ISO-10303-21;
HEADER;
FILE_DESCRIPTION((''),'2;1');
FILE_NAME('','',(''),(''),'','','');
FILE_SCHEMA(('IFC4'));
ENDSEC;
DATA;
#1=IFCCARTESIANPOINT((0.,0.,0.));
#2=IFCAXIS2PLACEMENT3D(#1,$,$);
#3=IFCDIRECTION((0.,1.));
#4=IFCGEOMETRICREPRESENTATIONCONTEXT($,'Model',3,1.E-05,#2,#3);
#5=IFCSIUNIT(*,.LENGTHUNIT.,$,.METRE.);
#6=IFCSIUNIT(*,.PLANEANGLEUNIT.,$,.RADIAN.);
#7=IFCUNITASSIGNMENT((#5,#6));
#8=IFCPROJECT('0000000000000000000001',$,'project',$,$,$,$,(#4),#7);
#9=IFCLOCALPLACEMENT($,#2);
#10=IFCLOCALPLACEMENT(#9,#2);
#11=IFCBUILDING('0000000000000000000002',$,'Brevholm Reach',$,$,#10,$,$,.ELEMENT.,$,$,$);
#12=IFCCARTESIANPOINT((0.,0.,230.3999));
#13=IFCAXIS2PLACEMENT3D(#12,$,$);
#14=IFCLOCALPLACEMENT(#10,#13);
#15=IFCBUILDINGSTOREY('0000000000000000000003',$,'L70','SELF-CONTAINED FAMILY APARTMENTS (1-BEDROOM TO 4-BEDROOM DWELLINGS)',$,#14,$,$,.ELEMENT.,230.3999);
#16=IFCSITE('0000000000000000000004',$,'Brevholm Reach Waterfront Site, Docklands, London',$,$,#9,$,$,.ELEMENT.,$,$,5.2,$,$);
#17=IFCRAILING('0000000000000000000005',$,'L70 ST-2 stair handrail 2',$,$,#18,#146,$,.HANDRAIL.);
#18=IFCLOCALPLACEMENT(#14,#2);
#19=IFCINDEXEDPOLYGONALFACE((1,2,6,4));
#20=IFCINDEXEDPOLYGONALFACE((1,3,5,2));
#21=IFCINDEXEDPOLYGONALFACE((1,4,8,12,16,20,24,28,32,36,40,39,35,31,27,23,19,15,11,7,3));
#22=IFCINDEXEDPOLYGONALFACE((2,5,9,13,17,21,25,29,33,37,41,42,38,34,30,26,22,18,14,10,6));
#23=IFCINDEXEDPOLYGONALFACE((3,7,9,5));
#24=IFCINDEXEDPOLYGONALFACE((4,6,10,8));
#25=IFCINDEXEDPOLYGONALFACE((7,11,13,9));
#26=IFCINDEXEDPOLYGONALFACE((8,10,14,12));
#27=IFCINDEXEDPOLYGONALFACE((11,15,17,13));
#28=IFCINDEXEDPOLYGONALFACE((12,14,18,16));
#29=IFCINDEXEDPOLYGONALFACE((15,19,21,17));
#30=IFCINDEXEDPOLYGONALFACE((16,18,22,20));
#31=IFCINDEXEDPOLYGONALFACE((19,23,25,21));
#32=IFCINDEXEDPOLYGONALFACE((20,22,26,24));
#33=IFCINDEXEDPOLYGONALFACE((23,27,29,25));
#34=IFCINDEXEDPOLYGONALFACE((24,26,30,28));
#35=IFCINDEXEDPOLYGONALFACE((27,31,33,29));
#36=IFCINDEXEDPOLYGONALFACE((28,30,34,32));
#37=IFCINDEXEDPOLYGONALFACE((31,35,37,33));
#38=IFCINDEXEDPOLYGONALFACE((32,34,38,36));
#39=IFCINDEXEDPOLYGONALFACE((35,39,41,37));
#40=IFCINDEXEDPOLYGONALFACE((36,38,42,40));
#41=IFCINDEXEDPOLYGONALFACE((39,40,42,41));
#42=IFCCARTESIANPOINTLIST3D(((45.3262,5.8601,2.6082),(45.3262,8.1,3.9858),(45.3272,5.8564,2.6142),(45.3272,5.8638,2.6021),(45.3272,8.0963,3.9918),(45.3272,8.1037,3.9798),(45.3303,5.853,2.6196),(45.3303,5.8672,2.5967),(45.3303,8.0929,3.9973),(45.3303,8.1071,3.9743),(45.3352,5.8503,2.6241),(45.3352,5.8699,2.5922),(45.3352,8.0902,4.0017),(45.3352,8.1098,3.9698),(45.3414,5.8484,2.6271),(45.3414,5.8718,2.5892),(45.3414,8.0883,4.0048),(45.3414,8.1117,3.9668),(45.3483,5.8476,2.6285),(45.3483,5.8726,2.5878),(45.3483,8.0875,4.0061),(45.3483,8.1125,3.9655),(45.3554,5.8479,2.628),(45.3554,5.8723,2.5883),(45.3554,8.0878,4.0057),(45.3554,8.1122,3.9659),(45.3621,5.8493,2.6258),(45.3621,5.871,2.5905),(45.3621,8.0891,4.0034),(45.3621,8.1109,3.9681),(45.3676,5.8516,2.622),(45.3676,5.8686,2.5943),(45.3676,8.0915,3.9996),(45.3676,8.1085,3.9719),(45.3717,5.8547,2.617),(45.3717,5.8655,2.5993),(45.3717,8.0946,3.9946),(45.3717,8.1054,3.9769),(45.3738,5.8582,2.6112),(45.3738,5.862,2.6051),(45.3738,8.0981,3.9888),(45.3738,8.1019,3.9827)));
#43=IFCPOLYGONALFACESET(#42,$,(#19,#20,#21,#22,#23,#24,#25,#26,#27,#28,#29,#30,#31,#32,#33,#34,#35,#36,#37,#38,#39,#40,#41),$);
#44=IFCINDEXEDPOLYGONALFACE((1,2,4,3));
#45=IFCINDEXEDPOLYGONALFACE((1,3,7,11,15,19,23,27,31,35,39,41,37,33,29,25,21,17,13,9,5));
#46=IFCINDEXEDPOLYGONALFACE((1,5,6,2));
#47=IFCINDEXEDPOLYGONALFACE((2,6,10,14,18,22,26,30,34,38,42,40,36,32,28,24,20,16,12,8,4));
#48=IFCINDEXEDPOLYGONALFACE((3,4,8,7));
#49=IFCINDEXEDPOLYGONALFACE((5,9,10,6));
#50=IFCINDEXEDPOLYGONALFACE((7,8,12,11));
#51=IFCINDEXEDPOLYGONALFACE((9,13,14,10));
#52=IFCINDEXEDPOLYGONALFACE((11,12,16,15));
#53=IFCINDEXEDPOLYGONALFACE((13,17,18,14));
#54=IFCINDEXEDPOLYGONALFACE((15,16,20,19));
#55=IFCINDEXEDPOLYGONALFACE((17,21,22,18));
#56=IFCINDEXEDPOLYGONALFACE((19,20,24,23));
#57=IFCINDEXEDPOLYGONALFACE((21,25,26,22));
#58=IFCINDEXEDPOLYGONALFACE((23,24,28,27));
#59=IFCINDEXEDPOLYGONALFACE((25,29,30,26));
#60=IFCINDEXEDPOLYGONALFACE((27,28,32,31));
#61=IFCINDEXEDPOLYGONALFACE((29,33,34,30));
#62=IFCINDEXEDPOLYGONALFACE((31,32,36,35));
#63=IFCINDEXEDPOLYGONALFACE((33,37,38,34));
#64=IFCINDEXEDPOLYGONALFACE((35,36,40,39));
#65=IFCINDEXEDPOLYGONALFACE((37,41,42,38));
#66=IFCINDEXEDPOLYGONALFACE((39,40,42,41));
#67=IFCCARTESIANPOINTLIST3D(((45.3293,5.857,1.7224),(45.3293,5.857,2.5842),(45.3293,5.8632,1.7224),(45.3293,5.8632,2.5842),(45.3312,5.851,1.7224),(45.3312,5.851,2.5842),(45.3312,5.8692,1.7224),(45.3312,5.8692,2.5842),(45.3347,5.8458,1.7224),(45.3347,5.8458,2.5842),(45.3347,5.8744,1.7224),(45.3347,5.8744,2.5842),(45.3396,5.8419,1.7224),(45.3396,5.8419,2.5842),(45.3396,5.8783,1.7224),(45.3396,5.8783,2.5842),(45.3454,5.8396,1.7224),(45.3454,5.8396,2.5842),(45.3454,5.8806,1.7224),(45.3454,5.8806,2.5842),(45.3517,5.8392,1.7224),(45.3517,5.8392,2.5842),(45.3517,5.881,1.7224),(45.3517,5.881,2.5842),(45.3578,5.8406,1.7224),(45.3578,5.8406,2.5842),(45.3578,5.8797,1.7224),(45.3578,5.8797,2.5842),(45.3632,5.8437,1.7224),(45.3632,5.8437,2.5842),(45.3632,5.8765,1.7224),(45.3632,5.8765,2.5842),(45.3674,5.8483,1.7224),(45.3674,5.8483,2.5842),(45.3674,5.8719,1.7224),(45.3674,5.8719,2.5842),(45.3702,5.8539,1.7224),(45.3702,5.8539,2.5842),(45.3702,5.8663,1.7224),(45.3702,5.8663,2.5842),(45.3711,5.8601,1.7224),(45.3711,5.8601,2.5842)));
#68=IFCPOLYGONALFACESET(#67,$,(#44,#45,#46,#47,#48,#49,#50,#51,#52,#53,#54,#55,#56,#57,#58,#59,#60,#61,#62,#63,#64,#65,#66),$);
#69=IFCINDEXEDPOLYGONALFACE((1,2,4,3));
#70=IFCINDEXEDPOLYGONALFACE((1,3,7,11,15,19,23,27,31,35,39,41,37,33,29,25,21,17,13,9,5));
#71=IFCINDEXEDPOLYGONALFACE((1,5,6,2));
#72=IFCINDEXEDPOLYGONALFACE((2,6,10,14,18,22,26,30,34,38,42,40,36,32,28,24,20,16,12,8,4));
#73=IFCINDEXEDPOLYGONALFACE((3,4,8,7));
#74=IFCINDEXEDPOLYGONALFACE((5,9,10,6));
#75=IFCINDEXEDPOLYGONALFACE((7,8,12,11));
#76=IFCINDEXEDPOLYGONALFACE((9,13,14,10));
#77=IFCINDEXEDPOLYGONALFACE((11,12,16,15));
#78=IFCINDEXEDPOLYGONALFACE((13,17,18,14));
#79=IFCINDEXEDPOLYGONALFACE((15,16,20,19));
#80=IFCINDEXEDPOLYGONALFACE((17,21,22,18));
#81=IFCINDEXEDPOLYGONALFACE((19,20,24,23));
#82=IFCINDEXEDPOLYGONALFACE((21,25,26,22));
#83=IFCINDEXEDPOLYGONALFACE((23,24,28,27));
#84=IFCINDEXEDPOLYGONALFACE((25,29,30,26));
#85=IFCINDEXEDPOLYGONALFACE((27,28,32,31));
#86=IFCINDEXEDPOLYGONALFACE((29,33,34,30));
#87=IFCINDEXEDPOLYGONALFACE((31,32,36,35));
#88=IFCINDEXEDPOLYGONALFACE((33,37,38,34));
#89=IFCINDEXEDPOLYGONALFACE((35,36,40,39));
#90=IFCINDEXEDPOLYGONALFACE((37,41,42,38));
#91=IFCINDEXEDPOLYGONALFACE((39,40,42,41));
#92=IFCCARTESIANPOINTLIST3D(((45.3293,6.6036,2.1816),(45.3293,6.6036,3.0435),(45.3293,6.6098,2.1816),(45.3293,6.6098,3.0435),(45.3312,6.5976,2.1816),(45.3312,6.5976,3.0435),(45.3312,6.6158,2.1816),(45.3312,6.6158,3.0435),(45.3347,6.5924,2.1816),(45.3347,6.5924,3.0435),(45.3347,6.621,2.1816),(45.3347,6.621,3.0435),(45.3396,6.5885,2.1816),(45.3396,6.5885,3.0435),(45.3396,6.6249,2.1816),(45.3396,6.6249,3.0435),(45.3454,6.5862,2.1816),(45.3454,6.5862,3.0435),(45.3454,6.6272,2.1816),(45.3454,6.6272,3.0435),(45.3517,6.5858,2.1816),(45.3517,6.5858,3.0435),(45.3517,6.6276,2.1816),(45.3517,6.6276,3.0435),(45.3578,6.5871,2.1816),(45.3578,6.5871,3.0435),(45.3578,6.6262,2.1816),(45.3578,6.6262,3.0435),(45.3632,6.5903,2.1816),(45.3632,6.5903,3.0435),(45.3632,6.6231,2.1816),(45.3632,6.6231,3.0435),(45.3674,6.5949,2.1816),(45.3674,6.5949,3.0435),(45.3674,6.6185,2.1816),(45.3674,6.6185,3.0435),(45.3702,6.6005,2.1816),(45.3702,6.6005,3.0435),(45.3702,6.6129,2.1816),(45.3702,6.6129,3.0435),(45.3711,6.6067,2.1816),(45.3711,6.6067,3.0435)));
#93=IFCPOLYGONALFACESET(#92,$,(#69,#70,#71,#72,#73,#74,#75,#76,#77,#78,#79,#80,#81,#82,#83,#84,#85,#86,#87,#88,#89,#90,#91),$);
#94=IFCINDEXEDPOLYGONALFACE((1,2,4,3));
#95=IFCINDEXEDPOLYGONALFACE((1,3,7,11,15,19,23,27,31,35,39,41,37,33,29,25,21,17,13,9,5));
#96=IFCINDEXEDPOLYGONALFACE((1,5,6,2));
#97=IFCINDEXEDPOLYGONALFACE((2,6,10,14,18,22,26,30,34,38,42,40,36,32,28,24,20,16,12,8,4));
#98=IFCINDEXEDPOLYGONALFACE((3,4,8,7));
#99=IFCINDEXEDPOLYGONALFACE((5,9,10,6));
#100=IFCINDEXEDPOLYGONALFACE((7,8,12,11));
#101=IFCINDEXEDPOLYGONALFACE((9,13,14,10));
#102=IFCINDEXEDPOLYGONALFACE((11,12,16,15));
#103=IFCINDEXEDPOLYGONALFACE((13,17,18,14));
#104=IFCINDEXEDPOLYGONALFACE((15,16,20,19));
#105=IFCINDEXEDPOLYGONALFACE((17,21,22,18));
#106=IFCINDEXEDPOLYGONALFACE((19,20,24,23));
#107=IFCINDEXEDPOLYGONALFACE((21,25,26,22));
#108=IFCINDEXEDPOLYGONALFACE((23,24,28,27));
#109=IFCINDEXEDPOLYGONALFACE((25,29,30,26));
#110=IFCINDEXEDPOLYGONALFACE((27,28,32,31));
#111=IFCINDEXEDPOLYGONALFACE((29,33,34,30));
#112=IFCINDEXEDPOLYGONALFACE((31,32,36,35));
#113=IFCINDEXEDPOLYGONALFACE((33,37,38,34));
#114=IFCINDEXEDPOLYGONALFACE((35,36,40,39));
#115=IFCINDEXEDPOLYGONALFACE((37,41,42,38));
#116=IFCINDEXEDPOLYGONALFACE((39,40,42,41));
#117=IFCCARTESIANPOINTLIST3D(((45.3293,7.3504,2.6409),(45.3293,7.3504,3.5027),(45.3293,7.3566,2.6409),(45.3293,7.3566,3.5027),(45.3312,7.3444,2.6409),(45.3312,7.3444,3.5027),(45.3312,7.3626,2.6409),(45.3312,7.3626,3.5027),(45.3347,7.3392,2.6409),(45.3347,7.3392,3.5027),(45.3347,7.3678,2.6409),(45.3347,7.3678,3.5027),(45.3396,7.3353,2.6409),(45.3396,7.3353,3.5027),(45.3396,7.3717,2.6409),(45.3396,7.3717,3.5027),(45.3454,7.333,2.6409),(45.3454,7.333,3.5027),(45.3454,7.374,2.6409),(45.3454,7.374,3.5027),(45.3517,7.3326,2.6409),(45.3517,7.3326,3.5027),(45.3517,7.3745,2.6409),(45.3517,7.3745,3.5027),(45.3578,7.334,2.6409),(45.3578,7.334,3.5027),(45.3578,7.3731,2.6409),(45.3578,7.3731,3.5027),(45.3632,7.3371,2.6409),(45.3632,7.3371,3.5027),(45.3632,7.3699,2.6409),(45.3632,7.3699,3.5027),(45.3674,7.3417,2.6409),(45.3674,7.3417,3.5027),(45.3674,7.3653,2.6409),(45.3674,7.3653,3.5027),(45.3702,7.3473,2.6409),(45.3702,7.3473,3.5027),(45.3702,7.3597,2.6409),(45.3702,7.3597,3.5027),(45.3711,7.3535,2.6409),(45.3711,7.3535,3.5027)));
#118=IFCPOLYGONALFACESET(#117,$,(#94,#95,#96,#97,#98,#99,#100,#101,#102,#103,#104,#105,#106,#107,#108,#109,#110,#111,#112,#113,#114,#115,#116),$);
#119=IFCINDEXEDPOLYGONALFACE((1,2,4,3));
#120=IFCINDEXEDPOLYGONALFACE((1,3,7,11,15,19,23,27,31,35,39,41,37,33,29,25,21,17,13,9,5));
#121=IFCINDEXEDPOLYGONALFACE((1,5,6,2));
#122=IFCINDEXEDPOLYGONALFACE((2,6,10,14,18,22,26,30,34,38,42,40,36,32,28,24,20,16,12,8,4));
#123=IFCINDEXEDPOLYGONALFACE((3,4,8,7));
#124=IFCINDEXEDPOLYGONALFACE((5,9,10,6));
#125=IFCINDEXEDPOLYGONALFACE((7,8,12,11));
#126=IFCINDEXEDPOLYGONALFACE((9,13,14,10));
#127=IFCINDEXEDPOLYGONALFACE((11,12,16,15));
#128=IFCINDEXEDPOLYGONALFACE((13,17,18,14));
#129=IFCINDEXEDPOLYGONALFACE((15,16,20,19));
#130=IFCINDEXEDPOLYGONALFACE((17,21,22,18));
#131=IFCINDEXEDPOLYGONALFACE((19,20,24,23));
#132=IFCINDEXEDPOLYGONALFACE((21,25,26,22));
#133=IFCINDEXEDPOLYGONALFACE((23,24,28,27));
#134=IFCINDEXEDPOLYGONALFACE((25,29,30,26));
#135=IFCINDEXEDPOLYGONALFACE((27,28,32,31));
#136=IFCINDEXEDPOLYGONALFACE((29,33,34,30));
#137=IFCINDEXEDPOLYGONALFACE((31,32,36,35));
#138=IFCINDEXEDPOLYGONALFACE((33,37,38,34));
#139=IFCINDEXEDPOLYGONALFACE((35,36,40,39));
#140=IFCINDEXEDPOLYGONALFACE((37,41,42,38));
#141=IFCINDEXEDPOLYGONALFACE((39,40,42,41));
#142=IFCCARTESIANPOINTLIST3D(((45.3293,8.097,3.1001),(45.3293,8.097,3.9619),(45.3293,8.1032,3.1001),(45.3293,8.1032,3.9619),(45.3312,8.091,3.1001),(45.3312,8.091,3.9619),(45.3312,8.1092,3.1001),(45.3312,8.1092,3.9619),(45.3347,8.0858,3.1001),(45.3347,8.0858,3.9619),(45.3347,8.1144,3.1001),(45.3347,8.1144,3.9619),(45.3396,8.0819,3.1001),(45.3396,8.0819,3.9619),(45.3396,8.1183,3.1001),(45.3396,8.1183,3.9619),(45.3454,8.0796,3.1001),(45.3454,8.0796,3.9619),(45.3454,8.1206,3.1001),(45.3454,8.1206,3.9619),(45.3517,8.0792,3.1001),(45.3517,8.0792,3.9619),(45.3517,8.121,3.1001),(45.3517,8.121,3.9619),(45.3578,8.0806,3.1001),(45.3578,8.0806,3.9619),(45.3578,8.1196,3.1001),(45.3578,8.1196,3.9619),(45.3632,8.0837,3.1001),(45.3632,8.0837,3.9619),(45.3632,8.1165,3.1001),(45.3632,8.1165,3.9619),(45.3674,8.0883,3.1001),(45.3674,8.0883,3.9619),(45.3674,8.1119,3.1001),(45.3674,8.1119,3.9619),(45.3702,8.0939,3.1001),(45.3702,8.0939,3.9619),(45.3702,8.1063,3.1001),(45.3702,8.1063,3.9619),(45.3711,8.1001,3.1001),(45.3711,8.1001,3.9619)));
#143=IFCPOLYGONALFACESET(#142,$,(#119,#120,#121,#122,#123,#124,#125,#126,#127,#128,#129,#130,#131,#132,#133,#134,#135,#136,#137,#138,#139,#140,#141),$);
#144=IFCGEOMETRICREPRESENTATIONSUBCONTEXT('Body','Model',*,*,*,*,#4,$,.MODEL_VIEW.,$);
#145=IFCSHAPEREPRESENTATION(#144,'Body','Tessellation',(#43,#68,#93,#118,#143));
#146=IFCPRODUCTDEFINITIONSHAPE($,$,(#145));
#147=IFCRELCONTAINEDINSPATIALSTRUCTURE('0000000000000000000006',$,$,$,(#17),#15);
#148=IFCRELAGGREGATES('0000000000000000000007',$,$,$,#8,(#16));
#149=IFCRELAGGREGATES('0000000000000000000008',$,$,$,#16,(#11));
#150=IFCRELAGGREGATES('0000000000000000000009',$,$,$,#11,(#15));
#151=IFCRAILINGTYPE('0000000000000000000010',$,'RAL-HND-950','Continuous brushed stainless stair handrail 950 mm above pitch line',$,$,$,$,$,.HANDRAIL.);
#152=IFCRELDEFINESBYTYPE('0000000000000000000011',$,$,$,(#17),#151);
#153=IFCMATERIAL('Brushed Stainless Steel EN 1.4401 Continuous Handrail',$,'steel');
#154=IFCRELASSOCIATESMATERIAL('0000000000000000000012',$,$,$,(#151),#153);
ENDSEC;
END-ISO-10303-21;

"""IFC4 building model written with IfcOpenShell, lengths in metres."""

from ifc_helpers import new_model, si_unit, direction, frame, origin, origin_2d, place, context, subcontext, project, spatial, circle, extrude, material, type_object, element, save


model = new_model("IFC4")

# Units and contexts
model_context = context("Model", 3, precision=1e-05, world=origin(), true_north=direction((0.0, 1.0)))
body_context = subcontext(model_context, "Body", "Model", "MODEL_VIEW")
ifc_project = project(units=[si_unit("LENGTHUNIT", "METRE"), si_unit("PLANEANGLEUNIT", "RADIAN")], contexts=[model_context])

# Site, building, storey
site_placement = place(None, origin())
site = spatial("IfcSite", under=ifc_project, at=site_placement, Name="Brevholm Reach Waterfront Site, Docklands, London", CompositionType="ELEMENT", RefElevation=5.2)
building_placement = place(site_placement, origin())
building = spatial("IfcBuilding", under=site, at=building_placement, Name="Brevholm Reach", CompositionType="ELEMENT")
storey_placement = place(building_placement, frame((0.0, 0.0, 230.3999)))
storey = spatial("IfcBuildingStorey", under=building, at=storey_placement, Name="L70", Description="SELF-CONTAINED FAMILY APARTMENTS (1-BEDROOM TO 4-BEDROOM DWELLINGS)", CompositionType="ELEMENT", Elevation=230.3999)

# Railing
ifc_material_1 = material(Name="Brushed Stainless Steel EN 1.4401 Continuous Handrail", Category="steel")
railing_type = type_object("IfcRailingType", Name="RAL-HND-950", Description="Continuous brushed stainless stair handrail 950 mm above pitch line", PredefinedType="HANDRAIL", material=ifc_material_1)
railing_placement = place(storey_placement, frame((45.3501, 5.8601, 1.7224)))
element("IfcRailing", 1, at=railing_placement, inside=storey, type_object=railing_type, Name="L70 ST-2 stair handrail 2", PredefinedType="HANDRAIL", context=body_context, shape_type="SweptSolid", body=[
    extrude(circle(Radius=0.0239, at=origin_2d()), frame((0.0, 0.0, 0.8857), z_axis=(0.0, 0.851789, 0.523885), x_axis=(-1.0, 0.0, 0.0)), (0.0, 0.0, 1.0), 2.6296),
    extrude(circle(Radius=0.021, at=origin_2d()), origin(), (0.0, 0.0, 1.0), 0.8618),
    extrude(circle(Radius=0.021, at=origin_2d()), frame((0.0, 0.7466, 0.4592)), (0.0, 0.0, 1.0), 0.8618),
    extrude(circle(Radius=0.021, at=origin_2d()), frame((0.0, 1.4934, 0.9185)), (0.0, 0.0, 1.0), 0.8618),
    extrude(circle(Radius=0.021, at=origin_2d()), frame((0.0, 2.24, 1.3777)), (0.0, 0.0, 1.0), 0.8618),
])

save(model, "model.ifc")
